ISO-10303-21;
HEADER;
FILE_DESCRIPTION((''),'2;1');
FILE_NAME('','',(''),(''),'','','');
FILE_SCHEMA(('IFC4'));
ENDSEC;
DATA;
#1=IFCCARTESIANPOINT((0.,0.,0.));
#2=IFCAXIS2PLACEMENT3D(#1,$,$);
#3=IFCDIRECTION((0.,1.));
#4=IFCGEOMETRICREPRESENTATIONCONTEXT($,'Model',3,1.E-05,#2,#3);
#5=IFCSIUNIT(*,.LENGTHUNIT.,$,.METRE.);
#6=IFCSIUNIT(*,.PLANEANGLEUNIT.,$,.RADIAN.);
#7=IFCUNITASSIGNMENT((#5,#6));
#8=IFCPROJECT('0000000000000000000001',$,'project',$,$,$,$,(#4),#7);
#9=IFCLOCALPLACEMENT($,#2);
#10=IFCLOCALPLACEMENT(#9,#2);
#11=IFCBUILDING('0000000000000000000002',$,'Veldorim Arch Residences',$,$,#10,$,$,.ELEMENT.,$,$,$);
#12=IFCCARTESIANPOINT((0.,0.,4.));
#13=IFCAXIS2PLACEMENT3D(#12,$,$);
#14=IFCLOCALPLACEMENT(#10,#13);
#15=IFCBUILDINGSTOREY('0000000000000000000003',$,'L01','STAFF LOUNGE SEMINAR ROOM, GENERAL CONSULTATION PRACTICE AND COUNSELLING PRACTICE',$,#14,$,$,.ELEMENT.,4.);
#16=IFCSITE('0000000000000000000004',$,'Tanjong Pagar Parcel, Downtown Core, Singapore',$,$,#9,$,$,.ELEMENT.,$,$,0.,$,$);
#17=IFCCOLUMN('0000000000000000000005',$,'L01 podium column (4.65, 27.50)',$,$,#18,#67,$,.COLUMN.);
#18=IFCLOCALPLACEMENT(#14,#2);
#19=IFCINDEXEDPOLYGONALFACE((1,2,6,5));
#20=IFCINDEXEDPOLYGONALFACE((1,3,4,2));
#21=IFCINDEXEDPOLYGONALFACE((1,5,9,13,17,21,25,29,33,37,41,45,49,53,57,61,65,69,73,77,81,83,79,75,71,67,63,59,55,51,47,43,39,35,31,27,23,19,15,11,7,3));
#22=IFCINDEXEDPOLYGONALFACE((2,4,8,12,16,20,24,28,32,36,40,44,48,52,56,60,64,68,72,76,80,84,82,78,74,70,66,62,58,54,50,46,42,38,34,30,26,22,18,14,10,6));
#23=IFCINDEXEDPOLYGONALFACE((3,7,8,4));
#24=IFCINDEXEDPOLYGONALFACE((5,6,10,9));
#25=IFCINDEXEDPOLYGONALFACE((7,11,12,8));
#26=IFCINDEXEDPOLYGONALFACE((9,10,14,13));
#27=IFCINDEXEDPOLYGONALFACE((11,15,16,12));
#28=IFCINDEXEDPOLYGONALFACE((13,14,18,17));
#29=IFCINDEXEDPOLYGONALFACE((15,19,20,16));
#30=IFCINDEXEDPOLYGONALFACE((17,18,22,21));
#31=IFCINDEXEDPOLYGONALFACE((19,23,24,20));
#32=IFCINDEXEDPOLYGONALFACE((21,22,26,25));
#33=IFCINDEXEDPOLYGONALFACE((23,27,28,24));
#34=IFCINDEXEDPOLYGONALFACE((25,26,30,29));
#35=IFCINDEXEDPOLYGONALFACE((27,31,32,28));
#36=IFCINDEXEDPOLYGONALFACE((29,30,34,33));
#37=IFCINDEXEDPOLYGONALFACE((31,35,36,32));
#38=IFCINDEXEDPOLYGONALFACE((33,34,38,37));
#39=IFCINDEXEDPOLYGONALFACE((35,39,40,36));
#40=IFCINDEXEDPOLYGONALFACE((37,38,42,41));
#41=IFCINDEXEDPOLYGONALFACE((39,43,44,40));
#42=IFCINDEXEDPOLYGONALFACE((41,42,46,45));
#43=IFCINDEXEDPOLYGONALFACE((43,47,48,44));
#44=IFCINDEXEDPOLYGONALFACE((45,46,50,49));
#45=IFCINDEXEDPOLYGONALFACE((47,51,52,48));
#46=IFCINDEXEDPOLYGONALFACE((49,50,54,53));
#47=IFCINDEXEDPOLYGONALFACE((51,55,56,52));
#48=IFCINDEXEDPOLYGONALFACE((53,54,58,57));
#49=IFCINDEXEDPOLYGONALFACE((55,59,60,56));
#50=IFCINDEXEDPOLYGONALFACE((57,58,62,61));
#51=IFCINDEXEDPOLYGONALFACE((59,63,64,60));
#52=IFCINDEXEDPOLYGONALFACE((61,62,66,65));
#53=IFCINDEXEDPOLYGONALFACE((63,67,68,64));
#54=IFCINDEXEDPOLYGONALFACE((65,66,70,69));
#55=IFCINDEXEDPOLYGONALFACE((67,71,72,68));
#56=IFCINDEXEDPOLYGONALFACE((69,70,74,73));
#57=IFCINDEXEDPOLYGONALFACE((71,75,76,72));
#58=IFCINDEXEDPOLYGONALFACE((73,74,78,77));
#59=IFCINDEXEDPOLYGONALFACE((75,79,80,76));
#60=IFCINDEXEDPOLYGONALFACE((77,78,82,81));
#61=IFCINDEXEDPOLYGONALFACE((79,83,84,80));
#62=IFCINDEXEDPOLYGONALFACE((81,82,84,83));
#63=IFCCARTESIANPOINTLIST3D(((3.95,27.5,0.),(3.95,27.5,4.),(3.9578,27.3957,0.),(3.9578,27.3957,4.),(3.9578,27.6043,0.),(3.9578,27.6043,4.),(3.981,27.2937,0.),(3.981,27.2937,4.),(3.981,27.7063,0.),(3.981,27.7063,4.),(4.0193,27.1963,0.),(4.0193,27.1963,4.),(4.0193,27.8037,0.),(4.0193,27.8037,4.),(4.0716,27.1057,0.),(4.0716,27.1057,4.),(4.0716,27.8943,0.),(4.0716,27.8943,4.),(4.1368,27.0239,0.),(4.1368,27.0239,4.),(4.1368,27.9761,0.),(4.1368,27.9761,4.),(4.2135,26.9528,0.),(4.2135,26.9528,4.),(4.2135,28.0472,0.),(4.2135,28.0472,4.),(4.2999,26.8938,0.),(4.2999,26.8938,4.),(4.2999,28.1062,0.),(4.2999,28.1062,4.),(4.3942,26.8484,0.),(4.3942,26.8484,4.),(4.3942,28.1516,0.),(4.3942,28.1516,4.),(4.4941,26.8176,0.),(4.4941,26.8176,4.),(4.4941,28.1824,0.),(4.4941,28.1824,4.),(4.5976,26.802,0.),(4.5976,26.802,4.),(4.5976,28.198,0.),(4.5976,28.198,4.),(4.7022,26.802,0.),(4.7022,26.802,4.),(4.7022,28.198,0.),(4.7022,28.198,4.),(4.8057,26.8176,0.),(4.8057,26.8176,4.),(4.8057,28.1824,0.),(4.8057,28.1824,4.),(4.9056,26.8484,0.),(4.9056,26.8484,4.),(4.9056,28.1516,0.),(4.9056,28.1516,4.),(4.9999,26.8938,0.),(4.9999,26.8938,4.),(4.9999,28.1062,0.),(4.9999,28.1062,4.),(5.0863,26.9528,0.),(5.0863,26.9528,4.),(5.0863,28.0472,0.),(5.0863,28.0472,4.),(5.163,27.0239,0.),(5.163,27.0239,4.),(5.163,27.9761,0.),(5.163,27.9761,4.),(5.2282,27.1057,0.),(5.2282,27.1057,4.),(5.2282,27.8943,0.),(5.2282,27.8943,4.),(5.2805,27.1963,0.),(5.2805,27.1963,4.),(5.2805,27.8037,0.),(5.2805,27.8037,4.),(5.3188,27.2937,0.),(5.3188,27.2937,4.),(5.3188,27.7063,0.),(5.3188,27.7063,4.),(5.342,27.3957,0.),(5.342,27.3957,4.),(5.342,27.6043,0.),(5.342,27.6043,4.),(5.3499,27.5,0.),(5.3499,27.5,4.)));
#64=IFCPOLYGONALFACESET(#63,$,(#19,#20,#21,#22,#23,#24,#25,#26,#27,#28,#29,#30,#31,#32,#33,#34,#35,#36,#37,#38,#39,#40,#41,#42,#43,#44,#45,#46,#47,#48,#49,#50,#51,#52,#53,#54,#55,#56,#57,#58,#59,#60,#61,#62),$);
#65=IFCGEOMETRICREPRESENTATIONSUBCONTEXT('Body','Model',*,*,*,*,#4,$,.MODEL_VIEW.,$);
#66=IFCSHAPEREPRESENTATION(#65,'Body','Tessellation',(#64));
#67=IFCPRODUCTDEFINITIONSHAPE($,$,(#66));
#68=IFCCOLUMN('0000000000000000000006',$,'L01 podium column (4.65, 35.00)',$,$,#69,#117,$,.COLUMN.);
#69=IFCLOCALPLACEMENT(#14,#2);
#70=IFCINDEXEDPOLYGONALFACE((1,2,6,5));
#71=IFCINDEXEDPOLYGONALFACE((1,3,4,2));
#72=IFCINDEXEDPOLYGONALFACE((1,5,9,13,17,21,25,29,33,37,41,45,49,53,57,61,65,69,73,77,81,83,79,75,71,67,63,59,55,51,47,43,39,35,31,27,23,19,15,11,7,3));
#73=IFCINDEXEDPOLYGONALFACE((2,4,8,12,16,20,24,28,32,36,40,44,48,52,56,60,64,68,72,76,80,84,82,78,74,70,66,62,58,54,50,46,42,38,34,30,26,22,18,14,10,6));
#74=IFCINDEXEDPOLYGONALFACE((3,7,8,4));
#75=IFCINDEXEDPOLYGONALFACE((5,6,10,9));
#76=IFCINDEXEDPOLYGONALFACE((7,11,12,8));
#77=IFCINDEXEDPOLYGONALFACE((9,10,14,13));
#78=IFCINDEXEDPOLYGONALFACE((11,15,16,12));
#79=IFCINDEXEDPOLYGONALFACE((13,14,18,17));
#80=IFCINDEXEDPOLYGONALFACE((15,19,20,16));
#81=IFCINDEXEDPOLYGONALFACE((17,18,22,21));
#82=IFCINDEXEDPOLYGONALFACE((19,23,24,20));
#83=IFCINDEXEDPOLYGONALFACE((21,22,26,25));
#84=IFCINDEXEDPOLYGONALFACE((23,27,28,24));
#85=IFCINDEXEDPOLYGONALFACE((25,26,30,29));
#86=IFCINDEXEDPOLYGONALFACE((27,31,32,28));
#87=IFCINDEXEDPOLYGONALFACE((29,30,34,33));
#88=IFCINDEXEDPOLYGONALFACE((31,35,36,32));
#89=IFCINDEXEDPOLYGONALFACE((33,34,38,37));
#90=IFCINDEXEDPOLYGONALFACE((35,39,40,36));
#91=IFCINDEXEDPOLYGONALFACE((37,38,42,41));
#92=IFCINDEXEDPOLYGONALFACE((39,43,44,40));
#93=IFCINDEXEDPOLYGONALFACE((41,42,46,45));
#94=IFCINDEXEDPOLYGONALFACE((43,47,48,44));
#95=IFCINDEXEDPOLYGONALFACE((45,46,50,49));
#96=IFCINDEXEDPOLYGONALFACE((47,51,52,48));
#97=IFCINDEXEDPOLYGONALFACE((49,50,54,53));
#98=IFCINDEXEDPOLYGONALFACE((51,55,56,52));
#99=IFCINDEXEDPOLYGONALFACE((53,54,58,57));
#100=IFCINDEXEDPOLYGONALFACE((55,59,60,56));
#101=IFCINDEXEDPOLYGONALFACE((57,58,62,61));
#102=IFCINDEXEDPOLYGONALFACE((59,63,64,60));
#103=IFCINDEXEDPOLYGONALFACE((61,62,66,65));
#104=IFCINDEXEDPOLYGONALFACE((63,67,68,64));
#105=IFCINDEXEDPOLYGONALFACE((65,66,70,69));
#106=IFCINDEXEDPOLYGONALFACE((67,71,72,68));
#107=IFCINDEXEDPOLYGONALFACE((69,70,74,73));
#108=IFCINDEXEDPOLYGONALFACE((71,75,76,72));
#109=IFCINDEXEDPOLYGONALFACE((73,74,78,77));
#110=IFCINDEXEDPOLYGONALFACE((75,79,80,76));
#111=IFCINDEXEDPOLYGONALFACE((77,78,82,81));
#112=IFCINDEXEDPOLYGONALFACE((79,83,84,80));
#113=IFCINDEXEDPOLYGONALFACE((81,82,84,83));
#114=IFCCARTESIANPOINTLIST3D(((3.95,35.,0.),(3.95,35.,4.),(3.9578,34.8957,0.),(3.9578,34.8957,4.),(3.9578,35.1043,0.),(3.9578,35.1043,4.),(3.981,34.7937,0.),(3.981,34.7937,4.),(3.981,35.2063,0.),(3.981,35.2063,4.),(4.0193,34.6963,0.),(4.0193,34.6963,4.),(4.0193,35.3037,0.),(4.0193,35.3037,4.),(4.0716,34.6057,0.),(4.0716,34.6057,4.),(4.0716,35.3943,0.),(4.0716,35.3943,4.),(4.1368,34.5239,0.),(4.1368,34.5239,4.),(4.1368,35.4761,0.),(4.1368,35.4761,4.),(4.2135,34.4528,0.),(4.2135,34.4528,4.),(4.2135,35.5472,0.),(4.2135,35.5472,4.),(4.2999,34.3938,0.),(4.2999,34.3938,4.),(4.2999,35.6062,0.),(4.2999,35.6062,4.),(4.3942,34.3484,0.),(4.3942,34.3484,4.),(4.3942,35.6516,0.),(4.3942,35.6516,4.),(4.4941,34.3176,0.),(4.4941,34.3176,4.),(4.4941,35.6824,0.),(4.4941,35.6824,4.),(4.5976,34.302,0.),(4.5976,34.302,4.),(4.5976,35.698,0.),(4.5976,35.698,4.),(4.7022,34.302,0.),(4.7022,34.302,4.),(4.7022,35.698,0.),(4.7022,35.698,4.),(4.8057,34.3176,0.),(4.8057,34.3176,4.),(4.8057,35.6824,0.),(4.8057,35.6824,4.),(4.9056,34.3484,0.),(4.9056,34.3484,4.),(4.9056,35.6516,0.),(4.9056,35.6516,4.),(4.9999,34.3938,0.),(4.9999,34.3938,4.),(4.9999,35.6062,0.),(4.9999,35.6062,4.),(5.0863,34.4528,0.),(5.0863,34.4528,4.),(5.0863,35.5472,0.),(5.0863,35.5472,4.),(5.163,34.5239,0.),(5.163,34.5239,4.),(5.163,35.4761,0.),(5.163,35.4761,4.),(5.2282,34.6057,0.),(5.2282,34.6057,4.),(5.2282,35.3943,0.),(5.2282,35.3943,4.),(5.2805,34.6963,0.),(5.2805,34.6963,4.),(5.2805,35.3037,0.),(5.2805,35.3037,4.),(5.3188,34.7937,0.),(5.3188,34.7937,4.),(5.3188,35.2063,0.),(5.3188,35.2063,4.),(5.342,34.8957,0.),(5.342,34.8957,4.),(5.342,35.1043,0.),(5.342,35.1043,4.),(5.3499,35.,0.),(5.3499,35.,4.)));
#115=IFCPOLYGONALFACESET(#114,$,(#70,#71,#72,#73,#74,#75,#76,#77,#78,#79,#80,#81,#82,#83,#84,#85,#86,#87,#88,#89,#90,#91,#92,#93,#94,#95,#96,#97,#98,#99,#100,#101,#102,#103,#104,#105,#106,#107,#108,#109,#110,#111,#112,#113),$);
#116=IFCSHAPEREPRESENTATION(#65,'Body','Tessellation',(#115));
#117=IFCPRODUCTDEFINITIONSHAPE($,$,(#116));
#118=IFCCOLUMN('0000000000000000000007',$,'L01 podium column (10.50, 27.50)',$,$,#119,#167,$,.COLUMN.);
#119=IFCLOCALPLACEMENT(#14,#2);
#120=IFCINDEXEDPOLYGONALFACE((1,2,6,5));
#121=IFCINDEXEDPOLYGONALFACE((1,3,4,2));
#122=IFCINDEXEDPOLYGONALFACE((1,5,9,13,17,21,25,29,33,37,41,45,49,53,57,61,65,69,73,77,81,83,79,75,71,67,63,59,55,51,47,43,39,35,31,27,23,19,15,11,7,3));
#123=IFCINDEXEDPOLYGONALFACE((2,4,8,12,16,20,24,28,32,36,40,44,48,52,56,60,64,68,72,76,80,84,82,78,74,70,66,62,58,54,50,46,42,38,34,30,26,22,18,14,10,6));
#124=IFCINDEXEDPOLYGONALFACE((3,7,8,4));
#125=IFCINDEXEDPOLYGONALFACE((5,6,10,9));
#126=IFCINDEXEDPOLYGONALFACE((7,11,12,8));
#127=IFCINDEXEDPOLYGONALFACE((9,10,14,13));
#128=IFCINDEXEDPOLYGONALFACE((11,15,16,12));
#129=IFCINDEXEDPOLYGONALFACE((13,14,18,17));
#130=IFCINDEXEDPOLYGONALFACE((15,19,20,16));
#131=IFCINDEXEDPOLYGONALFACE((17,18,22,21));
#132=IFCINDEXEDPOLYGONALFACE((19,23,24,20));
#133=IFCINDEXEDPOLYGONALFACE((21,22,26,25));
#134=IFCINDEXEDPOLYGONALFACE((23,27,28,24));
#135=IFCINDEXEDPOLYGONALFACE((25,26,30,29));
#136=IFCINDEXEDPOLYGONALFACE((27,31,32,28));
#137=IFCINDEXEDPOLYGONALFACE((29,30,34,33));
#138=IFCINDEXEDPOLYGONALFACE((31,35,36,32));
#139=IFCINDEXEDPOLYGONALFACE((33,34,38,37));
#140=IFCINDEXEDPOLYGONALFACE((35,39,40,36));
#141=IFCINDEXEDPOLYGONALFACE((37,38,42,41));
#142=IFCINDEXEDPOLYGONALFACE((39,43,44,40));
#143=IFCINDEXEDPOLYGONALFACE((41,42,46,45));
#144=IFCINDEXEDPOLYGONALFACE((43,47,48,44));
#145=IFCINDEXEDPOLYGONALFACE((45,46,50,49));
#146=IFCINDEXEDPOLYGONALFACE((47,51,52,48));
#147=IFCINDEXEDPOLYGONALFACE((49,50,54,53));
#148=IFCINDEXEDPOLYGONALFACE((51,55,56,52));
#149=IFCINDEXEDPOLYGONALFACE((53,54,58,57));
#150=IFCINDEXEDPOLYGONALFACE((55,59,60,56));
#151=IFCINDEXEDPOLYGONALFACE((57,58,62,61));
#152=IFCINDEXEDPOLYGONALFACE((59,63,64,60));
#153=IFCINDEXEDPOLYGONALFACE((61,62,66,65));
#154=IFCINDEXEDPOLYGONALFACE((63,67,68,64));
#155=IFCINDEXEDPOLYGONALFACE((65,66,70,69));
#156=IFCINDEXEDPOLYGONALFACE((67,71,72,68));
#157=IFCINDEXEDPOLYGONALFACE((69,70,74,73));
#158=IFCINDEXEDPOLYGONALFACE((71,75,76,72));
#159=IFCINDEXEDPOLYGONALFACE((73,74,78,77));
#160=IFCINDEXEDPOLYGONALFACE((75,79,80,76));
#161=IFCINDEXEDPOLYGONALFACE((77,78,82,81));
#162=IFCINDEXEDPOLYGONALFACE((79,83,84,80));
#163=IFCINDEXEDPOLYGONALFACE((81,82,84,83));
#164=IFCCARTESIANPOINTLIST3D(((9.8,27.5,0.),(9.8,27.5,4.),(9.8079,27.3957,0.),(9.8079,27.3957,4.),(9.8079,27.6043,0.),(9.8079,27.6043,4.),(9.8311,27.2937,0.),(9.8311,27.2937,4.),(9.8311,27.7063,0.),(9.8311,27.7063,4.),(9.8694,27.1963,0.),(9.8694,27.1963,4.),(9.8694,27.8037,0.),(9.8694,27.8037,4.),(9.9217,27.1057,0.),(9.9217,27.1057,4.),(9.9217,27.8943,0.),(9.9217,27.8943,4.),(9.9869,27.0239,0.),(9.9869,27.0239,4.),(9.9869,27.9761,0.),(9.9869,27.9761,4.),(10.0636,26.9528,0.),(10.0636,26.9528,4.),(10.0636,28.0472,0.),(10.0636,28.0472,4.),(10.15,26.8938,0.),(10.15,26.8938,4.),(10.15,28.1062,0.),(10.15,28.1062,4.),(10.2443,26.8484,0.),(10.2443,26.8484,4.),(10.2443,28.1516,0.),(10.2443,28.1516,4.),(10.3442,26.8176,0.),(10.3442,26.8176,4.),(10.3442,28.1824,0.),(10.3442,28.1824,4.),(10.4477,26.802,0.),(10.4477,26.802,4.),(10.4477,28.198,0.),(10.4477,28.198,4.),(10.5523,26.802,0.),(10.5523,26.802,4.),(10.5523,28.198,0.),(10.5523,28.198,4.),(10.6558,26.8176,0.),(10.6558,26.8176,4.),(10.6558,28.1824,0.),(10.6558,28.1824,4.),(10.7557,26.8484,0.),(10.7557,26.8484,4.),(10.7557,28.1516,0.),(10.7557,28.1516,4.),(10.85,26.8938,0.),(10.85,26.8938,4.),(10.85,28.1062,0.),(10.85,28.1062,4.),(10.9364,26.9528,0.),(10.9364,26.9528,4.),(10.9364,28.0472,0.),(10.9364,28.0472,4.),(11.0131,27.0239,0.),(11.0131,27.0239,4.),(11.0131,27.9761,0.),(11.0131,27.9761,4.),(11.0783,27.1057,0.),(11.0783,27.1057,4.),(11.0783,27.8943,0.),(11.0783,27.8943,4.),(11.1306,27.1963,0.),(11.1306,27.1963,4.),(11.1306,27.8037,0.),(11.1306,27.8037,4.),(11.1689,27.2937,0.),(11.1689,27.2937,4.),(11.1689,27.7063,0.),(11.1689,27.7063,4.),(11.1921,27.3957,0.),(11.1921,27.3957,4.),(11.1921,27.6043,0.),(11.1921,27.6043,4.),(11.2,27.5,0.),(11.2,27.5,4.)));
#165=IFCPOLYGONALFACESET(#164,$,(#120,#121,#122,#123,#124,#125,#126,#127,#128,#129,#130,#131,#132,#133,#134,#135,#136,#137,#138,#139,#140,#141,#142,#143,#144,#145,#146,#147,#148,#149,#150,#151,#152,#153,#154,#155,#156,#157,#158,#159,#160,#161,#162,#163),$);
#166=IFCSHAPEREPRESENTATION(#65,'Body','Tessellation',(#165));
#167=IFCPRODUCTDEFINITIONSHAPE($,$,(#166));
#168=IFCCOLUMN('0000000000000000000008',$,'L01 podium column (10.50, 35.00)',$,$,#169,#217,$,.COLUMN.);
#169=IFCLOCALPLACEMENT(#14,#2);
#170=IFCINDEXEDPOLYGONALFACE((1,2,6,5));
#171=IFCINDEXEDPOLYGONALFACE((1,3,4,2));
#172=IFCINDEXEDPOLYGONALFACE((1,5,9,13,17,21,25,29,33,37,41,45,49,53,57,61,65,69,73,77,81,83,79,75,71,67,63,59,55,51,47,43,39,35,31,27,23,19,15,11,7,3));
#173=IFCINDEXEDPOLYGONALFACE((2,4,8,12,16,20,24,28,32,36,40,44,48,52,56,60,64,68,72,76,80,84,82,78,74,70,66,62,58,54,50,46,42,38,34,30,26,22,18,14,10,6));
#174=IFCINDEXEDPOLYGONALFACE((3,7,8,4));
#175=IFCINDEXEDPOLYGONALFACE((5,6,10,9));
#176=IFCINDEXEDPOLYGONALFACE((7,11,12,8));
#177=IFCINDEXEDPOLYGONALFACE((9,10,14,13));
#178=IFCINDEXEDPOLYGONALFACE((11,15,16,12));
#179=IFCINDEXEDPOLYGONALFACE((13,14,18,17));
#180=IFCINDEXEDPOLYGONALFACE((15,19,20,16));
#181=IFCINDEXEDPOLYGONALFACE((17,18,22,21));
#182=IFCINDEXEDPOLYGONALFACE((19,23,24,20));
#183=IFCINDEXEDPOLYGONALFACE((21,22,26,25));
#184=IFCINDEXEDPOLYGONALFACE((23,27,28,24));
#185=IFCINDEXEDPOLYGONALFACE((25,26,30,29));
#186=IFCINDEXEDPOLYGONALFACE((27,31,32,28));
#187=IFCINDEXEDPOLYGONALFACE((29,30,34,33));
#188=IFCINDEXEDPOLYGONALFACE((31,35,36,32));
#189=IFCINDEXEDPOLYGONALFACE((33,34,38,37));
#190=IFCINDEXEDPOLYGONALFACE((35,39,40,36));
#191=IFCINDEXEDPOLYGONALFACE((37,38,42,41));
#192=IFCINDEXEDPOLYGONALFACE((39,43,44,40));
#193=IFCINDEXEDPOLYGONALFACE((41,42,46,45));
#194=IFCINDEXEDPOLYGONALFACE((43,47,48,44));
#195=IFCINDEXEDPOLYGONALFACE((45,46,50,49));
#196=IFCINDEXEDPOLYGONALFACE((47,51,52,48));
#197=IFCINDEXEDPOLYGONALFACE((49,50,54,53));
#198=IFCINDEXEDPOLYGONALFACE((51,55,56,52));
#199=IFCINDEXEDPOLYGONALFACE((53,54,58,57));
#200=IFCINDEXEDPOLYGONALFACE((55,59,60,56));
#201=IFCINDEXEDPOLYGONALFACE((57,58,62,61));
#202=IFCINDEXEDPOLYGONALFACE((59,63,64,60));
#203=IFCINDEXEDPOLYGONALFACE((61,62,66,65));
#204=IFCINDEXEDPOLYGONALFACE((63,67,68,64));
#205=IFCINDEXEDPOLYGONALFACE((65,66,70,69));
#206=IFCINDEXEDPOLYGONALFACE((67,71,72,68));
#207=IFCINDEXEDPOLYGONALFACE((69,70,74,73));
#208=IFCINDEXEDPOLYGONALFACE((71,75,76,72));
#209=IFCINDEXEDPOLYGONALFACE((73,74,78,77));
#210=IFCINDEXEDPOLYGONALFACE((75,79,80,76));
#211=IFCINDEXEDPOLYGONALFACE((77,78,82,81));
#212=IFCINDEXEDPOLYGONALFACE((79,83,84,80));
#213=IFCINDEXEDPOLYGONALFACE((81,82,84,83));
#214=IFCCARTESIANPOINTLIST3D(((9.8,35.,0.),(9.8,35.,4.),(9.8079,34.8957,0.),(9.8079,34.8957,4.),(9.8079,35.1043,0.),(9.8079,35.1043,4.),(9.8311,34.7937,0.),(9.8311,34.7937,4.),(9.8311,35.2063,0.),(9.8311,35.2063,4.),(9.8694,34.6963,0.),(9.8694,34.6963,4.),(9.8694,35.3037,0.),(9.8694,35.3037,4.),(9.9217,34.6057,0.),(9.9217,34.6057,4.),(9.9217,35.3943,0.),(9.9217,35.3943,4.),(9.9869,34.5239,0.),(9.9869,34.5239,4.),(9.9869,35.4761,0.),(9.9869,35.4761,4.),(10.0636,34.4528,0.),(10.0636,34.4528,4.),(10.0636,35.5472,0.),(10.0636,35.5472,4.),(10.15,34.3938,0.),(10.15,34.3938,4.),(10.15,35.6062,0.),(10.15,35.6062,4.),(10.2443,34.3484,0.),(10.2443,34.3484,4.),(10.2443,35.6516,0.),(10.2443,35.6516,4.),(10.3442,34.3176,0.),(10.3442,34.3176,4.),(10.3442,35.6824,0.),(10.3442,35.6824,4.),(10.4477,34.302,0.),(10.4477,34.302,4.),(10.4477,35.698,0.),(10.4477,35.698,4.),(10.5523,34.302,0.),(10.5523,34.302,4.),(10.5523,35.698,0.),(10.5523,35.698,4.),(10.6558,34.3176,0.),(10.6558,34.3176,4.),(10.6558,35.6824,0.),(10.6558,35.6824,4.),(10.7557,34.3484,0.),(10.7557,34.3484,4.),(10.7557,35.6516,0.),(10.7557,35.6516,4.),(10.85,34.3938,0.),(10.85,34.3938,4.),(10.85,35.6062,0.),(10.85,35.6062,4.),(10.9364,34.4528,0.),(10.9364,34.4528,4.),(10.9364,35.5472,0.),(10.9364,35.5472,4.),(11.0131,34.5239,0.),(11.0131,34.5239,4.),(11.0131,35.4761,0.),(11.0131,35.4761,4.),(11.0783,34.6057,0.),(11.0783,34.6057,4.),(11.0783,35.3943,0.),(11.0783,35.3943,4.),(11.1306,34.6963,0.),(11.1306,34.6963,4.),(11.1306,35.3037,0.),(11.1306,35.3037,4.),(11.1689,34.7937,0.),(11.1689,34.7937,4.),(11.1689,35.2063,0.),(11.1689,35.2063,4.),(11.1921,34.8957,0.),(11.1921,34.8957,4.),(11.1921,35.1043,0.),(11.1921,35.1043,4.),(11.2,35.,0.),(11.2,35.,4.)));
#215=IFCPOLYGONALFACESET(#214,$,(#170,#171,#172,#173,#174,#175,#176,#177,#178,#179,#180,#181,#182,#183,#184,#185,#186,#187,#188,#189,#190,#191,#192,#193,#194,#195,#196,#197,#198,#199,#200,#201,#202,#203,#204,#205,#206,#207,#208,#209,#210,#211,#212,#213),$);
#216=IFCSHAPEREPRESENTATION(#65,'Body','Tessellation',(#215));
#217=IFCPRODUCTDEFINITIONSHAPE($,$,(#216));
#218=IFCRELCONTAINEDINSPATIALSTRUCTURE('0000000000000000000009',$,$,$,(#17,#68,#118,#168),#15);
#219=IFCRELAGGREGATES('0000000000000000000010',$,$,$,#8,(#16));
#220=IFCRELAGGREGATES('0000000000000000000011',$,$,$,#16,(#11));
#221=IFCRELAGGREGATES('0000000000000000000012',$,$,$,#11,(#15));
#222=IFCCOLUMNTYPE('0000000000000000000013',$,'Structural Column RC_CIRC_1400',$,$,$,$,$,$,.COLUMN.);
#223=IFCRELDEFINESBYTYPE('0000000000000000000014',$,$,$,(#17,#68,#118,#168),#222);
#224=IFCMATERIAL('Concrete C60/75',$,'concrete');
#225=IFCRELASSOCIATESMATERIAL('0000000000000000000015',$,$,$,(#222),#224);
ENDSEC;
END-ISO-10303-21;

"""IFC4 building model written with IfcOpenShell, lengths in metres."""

from ifc_helpers import new_model, si_unit, direction, frame, origin, origin_2d, place, context, subcontext, project, spatial, circle, extrude, material, material_profile, profile_set, type_object, element, save


model = new_model("IFC4")

# Units and contexts
model_context = context("Model", 3, precision=1e-05, world=origin(), true_north=direction((0.0, 1.0)))
body_context = subcontext(model_context, "Body", "Model", "MODEL_VIEW")
ifc_project = project(units=[si_unit("LENGTHUNIT", "METRE"), si_unit("PLANEANGLEUNIT", "RADIAN")], contexts=[model_context])

# Site, building, storey
site_placement = place(None, origin())
site = spatial("IfcSite", under=ifc_project, at=site_placement, Name="Tanjong Pagar Parcel, Downtown Core, Singapore", CompositionType="ELEMENT", RefElevation=0.0)
building_placement = place(site_placement, origin())
building = spatial("IfcBuilding", under=site, at=building_placement, Name="Veldorim Arch Residences", CompositionType="ELEMENT")
storey_placement = place(building_placement, frame((0.0, 0.0, 4.0)))
storey = spatial("IfcBuildingStorey", under=building, at=storey_placement, Name="L01", Description="STAFF LOUNGE SEMINAR ROOM, GENERAL CONSULTATION PRACTICE AND COUNSELLING PRACTICE", CompositionType="ELEMENT", Elevation=4.0)

# Columns
ifc_material_1 = material(Name="Concrete C60/75", Category="concrete")
ifc_material_profile_1 = material_profile(ifc_material_1, circle(Radius=0.7, at=origin_2d()), Name="RC_CIRC_1400")
ifc_profile_set_1 = profile_set([ifc_material_profile_1], Name="Concrete C60/75")
column_type_1 = type_object("IfcColumnType", Name="Structural Column RC_CIRC_1400", PredefinedType="COLUMN", material=ifc_profile_set_1)
for number, where, z_axis, x_axis, name in (
    (1, (4.6499, 27.5, 0.0), (0.0, 0.0, 1.0), (1.0, 0.0, 0.0), "L01 podium column (4.65, 27.50)"),
    (2, (4.6499, 35.0, 0.0), (0.0, 0.0, 1.0), (1.0, 0.0, 0.0), "L01 podium column (4.65, 35.00)"),
    (3, (10.5, 27.5, 0.0), (0.0, 0.0, 1.0), (1.0, 0.0, 0.0), "L01 podium column (10.50, 27.50)"),
    (4, (10.5, 35.0, 0.0), (0.0, 0.0, 1.0), (1.0, 0.0, 0.0), "L01 podium column (10.50, 35.00)"),
):
    element("IfcColumn", number, at=place(storey_placement, frame(where, z_axis=z_axis, x_axis=x_axis)), inside=storey, type_object=column_type_1, Name=name, PredefinedType="COLUMN", context=body_context, shape_type="SweptSolid", body=[
        extrude(circle(Radius=0.7, at=origin_2d()), origin(), (0.0, 0.0, 1.0), 4.0),
    ])

save(model, "model.ifc")
